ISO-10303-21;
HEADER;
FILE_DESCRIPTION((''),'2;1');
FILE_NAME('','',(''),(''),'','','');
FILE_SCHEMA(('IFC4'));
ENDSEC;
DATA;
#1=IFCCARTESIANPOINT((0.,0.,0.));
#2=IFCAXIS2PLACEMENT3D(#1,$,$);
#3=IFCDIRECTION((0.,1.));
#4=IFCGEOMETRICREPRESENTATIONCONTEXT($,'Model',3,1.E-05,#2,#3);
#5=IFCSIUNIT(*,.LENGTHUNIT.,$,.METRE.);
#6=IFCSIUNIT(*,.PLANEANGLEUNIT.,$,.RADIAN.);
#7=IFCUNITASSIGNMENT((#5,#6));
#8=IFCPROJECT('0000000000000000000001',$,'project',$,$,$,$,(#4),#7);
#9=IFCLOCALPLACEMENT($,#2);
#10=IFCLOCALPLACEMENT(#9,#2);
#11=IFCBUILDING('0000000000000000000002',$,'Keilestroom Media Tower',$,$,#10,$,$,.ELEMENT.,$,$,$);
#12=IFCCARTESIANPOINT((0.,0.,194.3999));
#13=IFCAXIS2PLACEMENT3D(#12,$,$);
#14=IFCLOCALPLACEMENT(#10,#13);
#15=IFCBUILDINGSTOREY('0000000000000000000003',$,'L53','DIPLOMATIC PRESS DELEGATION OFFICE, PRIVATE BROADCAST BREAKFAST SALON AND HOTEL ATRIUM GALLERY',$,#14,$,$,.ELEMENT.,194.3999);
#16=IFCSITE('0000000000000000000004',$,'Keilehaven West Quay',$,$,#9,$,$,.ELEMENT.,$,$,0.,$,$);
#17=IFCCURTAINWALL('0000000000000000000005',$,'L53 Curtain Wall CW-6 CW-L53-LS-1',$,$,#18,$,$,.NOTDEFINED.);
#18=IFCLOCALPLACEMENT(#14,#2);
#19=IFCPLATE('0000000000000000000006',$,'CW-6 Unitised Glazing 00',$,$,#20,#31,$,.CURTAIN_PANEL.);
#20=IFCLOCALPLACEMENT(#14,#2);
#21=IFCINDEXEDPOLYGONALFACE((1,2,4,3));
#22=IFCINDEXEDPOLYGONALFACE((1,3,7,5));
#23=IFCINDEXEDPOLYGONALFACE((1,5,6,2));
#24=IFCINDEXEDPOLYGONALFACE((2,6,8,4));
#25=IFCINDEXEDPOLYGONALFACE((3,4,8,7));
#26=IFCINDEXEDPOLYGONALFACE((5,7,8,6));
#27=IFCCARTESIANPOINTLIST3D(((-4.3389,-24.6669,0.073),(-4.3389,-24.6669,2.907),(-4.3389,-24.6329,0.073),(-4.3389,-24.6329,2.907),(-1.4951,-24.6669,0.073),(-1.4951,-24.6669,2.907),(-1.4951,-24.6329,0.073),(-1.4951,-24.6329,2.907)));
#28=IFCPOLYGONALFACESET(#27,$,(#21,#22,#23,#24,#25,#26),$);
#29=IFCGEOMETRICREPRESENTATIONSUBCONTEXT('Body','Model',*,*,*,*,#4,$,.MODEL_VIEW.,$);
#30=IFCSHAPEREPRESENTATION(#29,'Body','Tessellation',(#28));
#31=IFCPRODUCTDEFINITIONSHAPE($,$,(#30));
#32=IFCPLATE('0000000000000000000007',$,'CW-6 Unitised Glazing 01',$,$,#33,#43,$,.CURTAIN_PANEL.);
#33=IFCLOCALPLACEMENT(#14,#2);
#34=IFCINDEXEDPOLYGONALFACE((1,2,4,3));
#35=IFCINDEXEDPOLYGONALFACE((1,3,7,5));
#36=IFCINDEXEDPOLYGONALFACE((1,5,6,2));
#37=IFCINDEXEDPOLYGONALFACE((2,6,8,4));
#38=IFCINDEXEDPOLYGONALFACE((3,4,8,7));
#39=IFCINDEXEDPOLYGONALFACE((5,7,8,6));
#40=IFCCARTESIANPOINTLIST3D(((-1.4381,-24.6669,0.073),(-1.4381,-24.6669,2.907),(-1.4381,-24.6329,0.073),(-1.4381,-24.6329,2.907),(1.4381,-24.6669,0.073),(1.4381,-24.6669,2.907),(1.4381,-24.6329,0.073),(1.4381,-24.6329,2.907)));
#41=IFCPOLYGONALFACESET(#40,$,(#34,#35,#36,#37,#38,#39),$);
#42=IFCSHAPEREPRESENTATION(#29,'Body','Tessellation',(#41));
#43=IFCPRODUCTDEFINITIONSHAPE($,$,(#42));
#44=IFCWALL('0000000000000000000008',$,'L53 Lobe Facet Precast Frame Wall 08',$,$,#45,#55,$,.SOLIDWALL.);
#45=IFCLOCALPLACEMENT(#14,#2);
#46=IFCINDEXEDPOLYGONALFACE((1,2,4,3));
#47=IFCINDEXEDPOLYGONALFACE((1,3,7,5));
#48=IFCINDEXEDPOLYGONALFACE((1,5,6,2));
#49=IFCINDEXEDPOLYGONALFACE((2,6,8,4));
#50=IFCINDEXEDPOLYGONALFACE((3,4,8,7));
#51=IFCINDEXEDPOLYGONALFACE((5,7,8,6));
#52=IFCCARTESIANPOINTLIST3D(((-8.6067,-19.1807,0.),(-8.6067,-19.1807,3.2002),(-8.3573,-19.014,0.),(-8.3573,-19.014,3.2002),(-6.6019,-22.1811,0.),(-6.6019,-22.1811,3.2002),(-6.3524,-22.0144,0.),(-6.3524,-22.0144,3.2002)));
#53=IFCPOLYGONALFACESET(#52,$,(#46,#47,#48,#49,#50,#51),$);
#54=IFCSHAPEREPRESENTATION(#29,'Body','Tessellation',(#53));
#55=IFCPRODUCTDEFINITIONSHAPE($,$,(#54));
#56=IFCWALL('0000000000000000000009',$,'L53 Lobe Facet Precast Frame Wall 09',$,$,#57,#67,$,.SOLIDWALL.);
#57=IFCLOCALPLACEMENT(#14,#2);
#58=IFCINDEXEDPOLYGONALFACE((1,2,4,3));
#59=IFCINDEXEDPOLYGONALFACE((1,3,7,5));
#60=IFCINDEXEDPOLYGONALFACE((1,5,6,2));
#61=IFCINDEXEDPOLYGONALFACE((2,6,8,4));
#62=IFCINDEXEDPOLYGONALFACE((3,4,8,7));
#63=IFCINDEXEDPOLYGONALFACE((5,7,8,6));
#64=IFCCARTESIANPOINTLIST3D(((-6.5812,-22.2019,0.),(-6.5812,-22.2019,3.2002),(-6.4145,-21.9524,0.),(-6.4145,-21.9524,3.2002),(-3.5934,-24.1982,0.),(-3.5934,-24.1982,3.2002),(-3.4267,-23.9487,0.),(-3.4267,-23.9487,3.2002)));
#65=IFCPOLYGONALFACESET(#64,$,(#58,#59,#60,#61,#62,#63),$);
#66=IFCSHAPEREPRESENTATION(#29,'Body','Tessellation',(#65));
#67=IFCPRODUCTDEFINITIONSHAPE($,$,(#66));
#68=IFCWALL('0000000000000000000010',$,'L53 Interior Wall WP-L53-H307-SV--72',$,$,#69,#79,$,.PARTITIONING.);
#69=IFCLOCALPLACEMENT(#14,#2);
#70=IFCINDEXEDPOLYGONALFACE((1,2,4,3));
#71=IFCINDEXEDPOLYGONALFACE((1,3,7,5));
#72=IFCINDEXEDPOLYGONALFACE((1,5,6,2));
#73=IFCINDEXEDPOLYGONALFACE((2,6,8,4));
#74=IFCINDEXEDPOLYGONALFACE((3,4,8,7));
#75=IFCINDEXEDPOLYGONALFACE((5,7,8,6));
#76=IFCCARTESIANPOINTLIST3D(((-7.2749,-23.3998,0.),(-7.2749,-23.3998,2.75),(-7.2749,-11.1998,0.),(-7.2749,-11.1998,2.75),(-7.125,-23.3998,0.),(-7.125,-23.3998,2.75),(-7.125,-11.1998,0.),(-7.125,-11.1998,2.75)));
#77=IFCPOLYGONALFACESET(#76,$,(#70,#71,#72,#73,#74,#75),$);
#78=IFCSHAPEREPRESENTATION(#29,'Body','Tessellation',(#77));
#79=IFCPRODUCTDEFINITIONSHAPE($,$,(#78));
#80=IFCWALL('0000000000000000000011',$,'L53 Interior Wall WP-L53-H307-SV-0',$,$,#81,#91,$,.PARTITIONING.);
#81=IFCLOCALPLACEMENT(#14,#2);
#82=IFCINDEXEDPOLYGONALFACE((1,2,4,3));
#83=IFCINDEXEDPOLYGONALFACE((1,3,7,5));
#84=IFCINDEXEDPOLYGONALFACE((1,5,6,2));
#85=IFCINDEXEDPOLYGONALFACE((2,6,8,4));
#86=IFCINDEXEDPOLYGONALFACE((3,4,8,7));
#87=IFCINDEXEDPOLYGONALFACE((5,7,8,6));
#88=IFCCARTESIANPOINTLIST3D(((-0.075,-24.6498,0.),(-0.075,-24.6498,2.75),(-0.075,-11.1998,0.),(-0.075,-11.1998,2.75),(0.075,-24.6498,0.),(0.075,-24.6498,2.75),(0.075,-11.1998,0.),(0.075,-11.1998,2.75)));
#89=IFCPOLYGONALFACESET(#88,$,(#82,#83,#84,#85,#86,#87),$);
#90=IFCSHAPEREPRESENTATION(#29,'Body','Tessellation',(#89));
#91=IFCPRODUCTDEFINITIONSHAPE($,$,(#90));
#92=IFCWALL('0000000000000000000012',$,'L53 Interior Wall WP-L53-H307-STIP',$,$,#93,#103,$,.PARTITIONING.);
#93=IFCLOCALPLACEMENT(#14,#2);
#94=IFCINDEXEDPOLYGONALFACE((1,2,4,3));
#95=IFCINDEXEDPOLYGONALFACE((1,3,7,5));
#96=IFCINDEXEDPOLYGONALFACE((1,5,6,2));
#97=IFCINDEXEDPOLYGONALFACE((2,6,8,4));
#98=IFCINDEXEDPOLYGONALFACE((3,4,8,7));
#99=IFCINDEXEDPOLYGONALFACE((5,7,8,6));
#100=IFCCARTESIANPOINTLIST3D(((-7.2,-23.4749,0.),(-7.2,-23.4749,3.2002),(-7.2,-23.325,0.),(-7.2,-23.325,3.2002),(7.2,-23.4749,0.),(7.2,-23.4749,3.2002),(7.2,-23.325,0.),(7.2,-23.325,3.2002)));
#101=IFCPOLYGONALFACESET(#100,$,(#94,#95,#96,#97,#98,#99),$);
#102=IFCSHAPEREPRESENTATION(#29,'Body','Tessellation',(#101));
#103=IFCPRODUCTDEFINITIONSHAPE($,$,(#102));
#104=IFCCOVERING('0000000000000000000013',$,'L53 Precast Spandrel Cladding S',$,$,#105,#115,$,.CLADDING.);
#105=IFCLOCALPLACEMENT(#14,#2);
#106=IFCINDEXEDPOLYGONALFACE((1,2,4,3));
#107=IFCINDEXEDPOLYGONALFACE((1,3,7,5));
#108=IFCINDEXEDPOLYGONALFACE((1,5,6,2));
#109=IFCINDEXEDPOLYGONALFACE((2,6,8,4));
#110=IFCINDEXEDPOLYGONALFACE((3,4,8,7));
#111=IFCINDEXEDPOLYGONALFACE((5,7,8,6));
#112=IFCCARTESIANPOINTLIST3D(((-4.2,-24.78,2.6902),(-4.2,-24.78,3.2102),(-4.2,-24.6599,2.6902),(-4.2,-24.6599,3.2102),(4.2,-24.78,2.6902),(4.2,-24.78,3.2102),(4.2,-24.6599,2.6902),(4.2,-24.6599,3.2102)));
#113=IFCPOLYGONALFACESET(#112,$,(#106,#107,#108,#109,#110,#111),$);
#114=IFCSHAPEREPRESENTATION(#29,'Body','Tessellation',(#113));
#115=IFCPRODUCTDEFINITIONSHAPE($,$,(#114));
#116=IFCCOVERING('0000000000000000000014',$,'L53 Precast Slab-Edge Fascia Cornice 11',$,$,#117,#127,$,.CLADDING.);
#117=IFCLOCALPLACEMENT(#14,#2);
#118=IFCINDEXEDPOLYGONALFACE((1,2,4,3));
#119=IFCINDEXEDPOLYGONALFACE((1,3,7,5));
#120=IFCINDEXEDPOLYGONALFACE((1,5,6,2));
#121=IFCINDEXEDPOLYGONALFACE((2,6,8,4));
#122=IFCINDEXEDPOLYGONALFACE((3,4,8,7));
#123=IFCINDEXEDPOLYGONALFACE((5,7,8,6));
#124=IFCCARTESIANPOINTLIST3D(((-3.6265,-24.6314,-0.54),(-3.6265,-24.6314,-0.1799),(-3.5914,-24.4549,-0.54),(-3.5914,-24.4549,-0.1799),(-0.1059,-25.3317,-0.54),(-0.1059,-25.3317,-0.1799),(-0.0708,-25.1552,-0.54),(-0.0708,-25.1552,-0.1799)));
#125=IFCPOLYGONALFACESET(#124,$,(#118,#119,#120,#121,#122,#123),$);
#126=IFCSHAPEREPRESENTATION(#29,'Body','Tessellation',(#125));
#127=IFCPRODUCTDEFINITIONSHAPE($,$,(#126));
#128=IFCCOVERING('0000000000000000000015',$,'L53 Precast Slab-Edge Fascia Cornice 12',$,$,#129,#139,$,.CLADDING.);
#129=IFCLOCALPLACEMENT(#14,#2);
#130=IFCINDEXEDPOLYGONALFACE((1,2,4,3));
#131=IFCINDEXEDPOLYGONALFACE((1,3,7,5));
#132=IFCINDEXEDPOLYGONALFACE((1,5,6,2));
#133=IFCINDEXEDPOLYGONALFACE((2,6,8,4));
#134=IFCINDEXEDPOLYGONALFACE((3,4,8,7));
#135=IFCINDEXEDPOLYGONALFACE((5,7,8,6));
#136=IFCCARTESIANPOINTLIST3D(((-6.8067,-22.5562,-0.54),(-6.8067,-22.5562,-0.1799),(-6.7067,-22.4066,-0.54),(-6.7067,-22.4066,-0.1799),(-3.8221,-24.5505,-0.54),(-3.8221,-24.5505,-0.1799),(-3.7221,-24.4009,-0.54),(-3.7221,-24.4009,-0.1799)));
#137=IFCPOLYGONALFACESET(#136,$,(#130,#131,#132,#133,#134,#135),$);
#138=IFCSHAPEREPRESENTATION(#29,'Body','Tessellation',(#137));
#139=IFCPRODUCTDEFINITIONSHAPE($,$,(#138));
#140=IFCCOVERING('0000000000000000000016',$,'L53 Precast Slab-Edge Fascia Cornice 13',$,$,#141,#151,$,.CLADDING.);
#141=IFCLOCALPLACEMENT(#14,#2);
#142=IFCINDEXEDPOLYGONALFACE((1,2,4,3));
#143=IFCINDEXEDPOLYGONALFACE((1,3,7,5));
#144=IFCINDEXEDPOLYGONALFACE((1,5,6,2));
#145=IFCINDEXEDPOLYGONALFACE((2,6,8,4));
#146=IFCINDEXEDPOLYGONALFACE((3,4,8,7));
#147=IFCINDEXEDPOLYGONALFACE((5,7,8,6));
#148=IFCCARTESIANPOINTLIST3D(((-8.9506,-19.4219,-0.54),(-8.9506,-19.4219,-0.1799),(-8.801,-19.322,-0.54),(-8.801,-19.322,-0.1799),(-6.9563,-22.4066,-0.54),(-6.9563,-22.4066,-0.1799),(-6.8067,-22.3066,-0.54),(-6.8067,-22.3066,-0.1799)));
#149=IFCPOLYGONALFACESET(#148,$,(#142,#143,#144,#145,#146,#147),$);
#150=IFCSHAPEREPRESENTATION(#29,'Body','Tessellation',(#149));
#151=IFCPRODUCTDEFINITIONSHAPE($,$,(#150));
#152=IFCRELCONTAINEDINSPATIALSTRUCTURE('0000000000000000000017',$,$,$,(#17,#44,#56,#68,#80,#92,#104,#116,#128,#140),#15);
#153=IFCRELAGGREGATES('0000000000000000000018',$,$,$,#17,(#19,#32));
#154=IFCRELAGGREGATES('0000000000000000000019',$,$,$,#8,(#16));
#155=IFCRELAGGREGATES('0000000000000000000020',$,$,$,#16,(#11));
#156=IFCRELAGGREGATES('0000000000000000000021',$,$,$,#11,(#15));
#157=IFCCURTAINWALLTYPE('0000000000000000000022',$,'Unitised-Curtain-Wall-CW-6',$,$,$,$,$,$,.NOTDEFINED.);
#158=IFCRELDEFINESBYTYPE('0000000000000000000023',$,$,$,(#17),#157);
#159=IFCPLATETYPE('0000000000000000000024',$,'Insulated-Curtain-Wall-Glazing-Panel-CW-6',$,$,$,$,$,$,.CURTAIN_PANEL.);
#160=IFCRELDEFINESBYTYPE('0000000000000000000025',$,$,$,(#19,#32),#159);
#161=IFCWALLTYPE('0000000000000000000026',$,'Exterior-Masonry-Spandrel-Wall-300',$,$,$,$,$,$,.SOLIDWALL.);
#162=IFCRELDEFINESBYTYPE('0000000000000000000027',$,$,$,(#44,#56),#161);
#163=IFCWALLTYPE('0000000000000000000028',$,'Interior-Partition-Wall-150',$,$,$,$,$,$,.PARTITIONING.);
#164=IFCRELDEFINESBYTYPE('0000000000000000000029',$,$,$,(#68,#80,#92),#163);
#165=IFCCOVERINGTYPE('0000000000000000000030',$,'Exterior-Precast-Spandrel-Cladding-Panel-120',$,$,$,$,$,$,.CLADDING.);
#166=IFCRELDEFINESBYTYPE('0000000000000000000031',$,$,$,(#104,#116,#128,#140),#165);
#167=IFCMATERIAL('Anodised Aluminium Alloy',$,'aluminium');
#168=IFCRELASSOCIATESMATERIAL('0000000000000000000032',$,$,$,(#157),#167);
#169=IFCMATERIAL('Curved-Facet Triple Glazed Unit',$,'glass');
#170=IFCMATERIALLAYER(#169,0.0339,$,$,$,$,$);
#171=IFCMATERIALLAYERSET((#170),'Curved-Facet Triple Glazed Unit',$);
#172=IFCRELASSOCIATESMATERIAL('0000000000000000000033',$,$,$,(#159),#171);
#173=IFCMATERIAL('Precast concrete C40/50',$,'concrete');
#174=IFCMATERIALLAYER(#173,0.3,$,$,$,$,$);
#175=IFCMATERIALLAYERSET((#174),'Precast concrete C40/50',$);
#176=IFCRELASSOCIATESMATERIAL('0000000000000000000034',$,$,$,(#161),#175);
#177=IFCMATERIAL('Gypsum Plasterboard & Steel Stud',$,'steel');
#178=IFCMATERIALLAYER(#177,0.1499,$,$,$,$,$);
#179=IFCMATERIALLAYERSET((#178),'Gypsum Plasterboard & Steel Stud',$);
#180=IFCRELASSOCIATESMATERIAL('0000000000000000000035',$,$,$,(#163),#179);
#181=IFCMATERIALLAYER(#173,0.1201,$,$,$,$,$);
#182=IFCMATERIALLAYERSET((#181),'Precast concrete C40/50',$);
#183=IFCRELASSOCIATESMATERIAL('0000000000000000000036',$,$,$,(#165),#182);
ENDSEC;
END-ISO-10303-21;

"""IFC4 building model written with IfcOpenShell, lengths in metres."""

from ifc_helpers import new_model, si_unit, direction, frame, frame_2d, origin, origin_2d, place, context, subcontext, project, spatial, rectangle, extrude, source, transform, mapped, material, layer, layer_set, type_object, element, aggregate, save


model = new_model("IFC4")

# Units and contexts
model_context = context("Model", 3, precision=1e-05, world=origin(), true_north=direction((0.0, 1.0)))
body_context = subcontext(model_context, "Body", "Model", "MODEL_VIEW")
ifc_project = project(units=[si_unit("LENGTHUNIT", "METRE"), si_unit("PLANEANGLEUNIT", "RADIAN")], contexts=[model_context])

# Site, building, storey
site_placement = place(None, origin())
site = spatial("IfcSite", under=ifc_project, at=site_placement, Name="Keilehaven West Quay", CompositionType="ELEMENT", RefElevation=0.0)
building_placement = place(site_placement, origin())
building = spatial("IfcBuilding", under=site, at=building_placement, Name="Keilestroom Media Tower", CompositionType="ELEMENT")
storey_placement = place(building_placement, frame((0.0, 0.0, 194.3999)))
storey = spatial("IfcBuildingStorey", under=building, at=storey_placement, Name="L53", Description="DIPLOMATIC PRESS DELEGATION OFFICE, PRIVATE BROADCAST BREAKFAST SALON AND HOTEL ATRIUM GALLERY", CompositionType="ELEMENT", Elevation=194.3999)

# Curtain wall, plates
ifc_material_1 = material(Name="Anodised Aluminium Alloy", Category="aluminium")
curtain_wall_type = type_object("IfcCurtainWallType", Name="Unitised-Curtain-Wall-CW-6", PredefinedType="NOTDEFINED", material=ifc_material_1)
curtain_wall_placement = place(storey_placement, origin())
curtain_wall = element("IfcCurtainWall", 1, at=curtain_wall_placement, inside=storey, type_object=curtain_wall_type, Name="L53 Curtain Wall CW-6 CW-L53-LS-1", PredefinedType="NOTDEFINED")
ifc_material_2 = material(Name="Curved-Facet Triple Glazed Unit", Category="glass")
ifc_layer_1 = layer(ifc_material_2, 0.0339)
ifc_layer_set_1 = layer_set([ifc_layer_1], Name="Curved-Facet Triple Glazed Unit")
plate_type = type_object("IfcPlateType", Name="Insulated-Curtain-Wall-Glazing-Panel-CW-6", PredefinedType="CURTAIN_PANEL", material=ifc_layer_set_1)
shared_shape_1 = source(origin(), body_context, "Body", "SweptSolid", [
    extrude(rectangle(XDim=2.8438, YDim=0.0339, at=origin_2d()), origin(), (0.0, 0.0, 1.0), 2.834),
])
plate_1_placement = place(storey_placement, frame((-2.917, -24.6499, 0.073), z_axis=(0.0, 0.0, 1.0), x_axis=(1.0, 0.0, 0.0)))
plate_1 = element("IfcPlate", 2, at=plate_1_placement, type_object=plate_type, Name="CW-6 Unitised Glazing 00", PredefinedType="CURTAIN_PANEL", context=body_context, shape_type="MappedRepresentation", body=[
    mapped(shared_shape_1, transform((0.0, 0.0, 0.0), x_axis=(1.0, 0.0, 0.0), y_axis=(0.0, 1.0, 0.0), z_axis=(0.0, 0.0, 1.0), scale=1.0)),
])
shared_shape_2 = source(origin(), body_context, "Body", "SweptSolid", [
    extrude(rectangle(XDim=2.8762, YDim=0.0339, at=origin_2d()), origin(), (0.0, 0.0, 1.0), 2.834),
])
plate_2_placement = place(storey_placement, frame((0.0, -24.6499, 0.073), z_axis=(0.0, 0.0, 1.0), x_axis=(1.0, 0.0, 0.0)))
plate_2 = element("IfcPlate", 3, at=plate_2_placement, type_object=plate_type, Name="CW-6 Unitised Glazing 01", PredefinedType="CURTAIN_PANEL", context=body_context, shape_type="MappedRepresentation", body=[
    mapped(shared_shape_2, transform((0.0, 0.0, 0.0), x_axis=(1.0, 0.0, 0.0), y_axis=(0.0, 1.0, 0.0), z_axis=(0.0, 0.0, 1.0), scale=1.0)),
])
aggregate(curtain_wall, [plate_1, plate_2])

# Walls
ifc_material_3 = material(Name="Precast concrete C40/50", Category="concrete")
ifc_layer_2 = layer(ifc_material_3, 0.3)
ifc_layer_set_2 = layer_set([ifc_layer_2], Name="Precast concrete C40/50")
wall_type_1 = type_object("IfcWallType", Name="Exterior-Masonry-Spandrel-Wall-300", PredefinedType="SOLIDWALL", material=ifc_layer_set_2)
wall_1_placement = place(storey_placement, frame((-8.4819, -19.0974, 0.0), z_axis=(0.0, 0.0, 1.0), x_axis=(0.555574, -0.831467, 0.0)))
element("IfcWall", 4, at=wall_1_placement, inside=storey, type_object=wall_type_1, Name="L53 Lobe Facet Precast Frame Wall 08", PredefinedType="SOLIDWALL", context=body_context, shape_type="SweptSolid", body=[
    extrude(rectangle(XDim=3.6086, YDim=0.3, at=frame_2d((1.8042, 0.0))), origin(), (0.0, 0.0, 1.0), 3.2002),
])
wall_2_placement = place(storey_placement, frame((-6.4978, -22.0771, 0.0), z_axis=(0.0, 0.0, 1.0), x_axis=(0.831475, -0.555562, 0.0)))
element("IfcWall", 5, at=wall_2_placement, inside=storey, type_object=wall_type_1, Name="L53 Lobe Facet Precast Frame Wall 09", PredefinedType="SOLIDWALL", context=body_context, shape_type="SweptSolid", body=[
    extrude(rectangle(XDim=3.5933, YDim=0.3, at=frame_2d((1.7966, 0.0))), origin(), (0.0, 0.0, 1.0), 3.2002),
])
ifc_material_4 = material(Name="Gypsum Plasterboard & Steel Stud", Category="steel")
ifc_layer_3 = layer(ifc_material_4, 0.1499)
ifc_layer_set_3 = layer_set([ifc_layer_3], Name="Gypsum Plasterboard & Steel Stud")
wall_type_2 = type_object("IfcWallType", Name="Interior-Partition-Wall-150", PredefinedType="PARTITIONING", material=ifc_layer_set_3)
wall_3_placement = place(storey_placement, frame((-7.2, -23.3999, 0.0), z_axis=(0.0, 0.0, 1.0), x_axis=(0.0, 1.0, 0.0)))
element("IfcWall", 6, at=wall_3_placement, inside=storey, type_object=wall_type_2, Name="L53 Interior Wall WP-L53-H307-SV--72", PredefinedType="PARTITIONING", context=body_context, shape_type="SweptSolid", body=[
    extrude(rectangle(XDim=12.2, YDim=0.1499, at=frame_2d((6.1001, 0.0))), origin(), (0.0, 0.0, 1.0), 2.75),
])
wall_4_placement = place(storey_placement, frame((0.0, -24.6499, 0.0), z_axis=(0.0, 0.0, 1.0), x_axis=(0.0, 1.0, 0.0)))
element("IfcWall", 7, at=wall_4_placement, inside=storey, type_object=wall_type_2, Name="L53 Interior Wall WP-L53-H307-SV-0", PredefinedType="PARTITIONING", context=body_context, shape_type="SweptSolid", body=[
    extrude(rectangle(XDim=13.45, YDim=0.1499, at=frame_2d((6.7251, 0.0))), origin(), (0.0, 0.0, 1.0), 2.75),
])
wall_5_placement = place(storey_placement, frame((-7.2, -23.3999, 0.0), z_axis=(0.0, 0.0, 1.0), x_axis=(1.0, 0.0, 0.0)))
element("IfcWall", 8, at=wall_5_placement, inside=storey, type_object=wall_type_2, Name="L53 Interior Wall WP-L53-H307-STIP", PredefinedType="PARTITIONING", context=body_context, shape_type="SweptSolid", body=[
    extrude(rectangle(XDim=14.3999, YDim=0.1499, at=frame_2d((7.2, 0.0))), origin(), (0.0, 0.0, 1.0), 3.2002),
])

# Coverings
ifc_layer_4 = layer(ifc_material_3, 0.1201)
ifc_layer_set_4 = layer_set([ifc_layer_4], Name="Precast concrete C40/50")
covering_type = type_object("IfcCoveringType", Name="Exterior-Precast-Spandrel-Cladding-Panel-120", PredefinedType="CLADDING", material=ifc_layer_set_4)
shared_shape_3 = source(origin(), body_context, "Body", "SweptSolid", [
    extrude(rectangle(XDim=8.3999, YDim=0.1201, at=origin_2d()), origin(), (0.0, 0.0, 1.0), 0.52),
])
covering_placement = place(storey_placement, frame((0.0, -24.72, 2.6902), z_axis=(0.0, 0.0, 1.0), x_axis=(1.0, 0.0, 0.0)))
element("IfcCovering", 9, at=covering_placement, inside=storey, type_object=covering_type, Name="L53 Precast Spandrel Cladding S", PredefinedType="CLADDING", context=body_context, shape_type="MappedRepresentation", body=[
    mapped(shared_shape_3, transform((0.0, 0.0, 0.0), x_axis=(1.0, 0.0, 0.0), y_axis=(0.0, 1.0, 0.0), z_axis=(0.0, 0.0, 1.0), scale=1.0)),
])
shared_shape_4 = source(origin(), body_context, "Body", "SweptSolid", [
    extrude(rectangle(XDim=3.5896, YDim=0.1799, at=origin_2d()), origin(), (0.0, 0.0, 1.0), 0.3601),
])
for number, where, z_axis, x_axis, name in (
    (10, (-1.8486, -24.8933, -0.54), (0.0, 0.0, 1.0), (-0.980784, 0.195099, 0.0), "L53 Precast Slab-Edge Fascia Cornice 11"),
    (11, (-5.2644, -23.4785, -0.54), (0.0, 0.0, 1.0), (-0.831467, 0.555575, 0.0), "L53 Precast Slab-Edge Fascia Cornice 12"),
    (12, (-7.8787, -20.8643, -0.54), (0.0, 0.0, 1.0), (-0.555575, 0.831467, 0.0), "L53 Precast Slab-Edge Fascia Cornice 13"),
):
    element("IfcCovering", number, at=place(storey_placement, frame(where, z_axis=z_axis, x_axis=x_axis)), inside=storey, type_object=covering_type, Name=name, PredefinedType="CLADDING", context=body_context, shape_type="MappedRepresentation", body=[
        mapped(shared_shape_4, transform((0.0, 0.0, 0.0), x_axis=(1.0, 0.0, 0.0), y_axis=(0.0, 1.0, 0.0), z_axis=(0.0, 0.0, 1.0), scale=1.0)),
    ])

save(model, "model.ifc")
